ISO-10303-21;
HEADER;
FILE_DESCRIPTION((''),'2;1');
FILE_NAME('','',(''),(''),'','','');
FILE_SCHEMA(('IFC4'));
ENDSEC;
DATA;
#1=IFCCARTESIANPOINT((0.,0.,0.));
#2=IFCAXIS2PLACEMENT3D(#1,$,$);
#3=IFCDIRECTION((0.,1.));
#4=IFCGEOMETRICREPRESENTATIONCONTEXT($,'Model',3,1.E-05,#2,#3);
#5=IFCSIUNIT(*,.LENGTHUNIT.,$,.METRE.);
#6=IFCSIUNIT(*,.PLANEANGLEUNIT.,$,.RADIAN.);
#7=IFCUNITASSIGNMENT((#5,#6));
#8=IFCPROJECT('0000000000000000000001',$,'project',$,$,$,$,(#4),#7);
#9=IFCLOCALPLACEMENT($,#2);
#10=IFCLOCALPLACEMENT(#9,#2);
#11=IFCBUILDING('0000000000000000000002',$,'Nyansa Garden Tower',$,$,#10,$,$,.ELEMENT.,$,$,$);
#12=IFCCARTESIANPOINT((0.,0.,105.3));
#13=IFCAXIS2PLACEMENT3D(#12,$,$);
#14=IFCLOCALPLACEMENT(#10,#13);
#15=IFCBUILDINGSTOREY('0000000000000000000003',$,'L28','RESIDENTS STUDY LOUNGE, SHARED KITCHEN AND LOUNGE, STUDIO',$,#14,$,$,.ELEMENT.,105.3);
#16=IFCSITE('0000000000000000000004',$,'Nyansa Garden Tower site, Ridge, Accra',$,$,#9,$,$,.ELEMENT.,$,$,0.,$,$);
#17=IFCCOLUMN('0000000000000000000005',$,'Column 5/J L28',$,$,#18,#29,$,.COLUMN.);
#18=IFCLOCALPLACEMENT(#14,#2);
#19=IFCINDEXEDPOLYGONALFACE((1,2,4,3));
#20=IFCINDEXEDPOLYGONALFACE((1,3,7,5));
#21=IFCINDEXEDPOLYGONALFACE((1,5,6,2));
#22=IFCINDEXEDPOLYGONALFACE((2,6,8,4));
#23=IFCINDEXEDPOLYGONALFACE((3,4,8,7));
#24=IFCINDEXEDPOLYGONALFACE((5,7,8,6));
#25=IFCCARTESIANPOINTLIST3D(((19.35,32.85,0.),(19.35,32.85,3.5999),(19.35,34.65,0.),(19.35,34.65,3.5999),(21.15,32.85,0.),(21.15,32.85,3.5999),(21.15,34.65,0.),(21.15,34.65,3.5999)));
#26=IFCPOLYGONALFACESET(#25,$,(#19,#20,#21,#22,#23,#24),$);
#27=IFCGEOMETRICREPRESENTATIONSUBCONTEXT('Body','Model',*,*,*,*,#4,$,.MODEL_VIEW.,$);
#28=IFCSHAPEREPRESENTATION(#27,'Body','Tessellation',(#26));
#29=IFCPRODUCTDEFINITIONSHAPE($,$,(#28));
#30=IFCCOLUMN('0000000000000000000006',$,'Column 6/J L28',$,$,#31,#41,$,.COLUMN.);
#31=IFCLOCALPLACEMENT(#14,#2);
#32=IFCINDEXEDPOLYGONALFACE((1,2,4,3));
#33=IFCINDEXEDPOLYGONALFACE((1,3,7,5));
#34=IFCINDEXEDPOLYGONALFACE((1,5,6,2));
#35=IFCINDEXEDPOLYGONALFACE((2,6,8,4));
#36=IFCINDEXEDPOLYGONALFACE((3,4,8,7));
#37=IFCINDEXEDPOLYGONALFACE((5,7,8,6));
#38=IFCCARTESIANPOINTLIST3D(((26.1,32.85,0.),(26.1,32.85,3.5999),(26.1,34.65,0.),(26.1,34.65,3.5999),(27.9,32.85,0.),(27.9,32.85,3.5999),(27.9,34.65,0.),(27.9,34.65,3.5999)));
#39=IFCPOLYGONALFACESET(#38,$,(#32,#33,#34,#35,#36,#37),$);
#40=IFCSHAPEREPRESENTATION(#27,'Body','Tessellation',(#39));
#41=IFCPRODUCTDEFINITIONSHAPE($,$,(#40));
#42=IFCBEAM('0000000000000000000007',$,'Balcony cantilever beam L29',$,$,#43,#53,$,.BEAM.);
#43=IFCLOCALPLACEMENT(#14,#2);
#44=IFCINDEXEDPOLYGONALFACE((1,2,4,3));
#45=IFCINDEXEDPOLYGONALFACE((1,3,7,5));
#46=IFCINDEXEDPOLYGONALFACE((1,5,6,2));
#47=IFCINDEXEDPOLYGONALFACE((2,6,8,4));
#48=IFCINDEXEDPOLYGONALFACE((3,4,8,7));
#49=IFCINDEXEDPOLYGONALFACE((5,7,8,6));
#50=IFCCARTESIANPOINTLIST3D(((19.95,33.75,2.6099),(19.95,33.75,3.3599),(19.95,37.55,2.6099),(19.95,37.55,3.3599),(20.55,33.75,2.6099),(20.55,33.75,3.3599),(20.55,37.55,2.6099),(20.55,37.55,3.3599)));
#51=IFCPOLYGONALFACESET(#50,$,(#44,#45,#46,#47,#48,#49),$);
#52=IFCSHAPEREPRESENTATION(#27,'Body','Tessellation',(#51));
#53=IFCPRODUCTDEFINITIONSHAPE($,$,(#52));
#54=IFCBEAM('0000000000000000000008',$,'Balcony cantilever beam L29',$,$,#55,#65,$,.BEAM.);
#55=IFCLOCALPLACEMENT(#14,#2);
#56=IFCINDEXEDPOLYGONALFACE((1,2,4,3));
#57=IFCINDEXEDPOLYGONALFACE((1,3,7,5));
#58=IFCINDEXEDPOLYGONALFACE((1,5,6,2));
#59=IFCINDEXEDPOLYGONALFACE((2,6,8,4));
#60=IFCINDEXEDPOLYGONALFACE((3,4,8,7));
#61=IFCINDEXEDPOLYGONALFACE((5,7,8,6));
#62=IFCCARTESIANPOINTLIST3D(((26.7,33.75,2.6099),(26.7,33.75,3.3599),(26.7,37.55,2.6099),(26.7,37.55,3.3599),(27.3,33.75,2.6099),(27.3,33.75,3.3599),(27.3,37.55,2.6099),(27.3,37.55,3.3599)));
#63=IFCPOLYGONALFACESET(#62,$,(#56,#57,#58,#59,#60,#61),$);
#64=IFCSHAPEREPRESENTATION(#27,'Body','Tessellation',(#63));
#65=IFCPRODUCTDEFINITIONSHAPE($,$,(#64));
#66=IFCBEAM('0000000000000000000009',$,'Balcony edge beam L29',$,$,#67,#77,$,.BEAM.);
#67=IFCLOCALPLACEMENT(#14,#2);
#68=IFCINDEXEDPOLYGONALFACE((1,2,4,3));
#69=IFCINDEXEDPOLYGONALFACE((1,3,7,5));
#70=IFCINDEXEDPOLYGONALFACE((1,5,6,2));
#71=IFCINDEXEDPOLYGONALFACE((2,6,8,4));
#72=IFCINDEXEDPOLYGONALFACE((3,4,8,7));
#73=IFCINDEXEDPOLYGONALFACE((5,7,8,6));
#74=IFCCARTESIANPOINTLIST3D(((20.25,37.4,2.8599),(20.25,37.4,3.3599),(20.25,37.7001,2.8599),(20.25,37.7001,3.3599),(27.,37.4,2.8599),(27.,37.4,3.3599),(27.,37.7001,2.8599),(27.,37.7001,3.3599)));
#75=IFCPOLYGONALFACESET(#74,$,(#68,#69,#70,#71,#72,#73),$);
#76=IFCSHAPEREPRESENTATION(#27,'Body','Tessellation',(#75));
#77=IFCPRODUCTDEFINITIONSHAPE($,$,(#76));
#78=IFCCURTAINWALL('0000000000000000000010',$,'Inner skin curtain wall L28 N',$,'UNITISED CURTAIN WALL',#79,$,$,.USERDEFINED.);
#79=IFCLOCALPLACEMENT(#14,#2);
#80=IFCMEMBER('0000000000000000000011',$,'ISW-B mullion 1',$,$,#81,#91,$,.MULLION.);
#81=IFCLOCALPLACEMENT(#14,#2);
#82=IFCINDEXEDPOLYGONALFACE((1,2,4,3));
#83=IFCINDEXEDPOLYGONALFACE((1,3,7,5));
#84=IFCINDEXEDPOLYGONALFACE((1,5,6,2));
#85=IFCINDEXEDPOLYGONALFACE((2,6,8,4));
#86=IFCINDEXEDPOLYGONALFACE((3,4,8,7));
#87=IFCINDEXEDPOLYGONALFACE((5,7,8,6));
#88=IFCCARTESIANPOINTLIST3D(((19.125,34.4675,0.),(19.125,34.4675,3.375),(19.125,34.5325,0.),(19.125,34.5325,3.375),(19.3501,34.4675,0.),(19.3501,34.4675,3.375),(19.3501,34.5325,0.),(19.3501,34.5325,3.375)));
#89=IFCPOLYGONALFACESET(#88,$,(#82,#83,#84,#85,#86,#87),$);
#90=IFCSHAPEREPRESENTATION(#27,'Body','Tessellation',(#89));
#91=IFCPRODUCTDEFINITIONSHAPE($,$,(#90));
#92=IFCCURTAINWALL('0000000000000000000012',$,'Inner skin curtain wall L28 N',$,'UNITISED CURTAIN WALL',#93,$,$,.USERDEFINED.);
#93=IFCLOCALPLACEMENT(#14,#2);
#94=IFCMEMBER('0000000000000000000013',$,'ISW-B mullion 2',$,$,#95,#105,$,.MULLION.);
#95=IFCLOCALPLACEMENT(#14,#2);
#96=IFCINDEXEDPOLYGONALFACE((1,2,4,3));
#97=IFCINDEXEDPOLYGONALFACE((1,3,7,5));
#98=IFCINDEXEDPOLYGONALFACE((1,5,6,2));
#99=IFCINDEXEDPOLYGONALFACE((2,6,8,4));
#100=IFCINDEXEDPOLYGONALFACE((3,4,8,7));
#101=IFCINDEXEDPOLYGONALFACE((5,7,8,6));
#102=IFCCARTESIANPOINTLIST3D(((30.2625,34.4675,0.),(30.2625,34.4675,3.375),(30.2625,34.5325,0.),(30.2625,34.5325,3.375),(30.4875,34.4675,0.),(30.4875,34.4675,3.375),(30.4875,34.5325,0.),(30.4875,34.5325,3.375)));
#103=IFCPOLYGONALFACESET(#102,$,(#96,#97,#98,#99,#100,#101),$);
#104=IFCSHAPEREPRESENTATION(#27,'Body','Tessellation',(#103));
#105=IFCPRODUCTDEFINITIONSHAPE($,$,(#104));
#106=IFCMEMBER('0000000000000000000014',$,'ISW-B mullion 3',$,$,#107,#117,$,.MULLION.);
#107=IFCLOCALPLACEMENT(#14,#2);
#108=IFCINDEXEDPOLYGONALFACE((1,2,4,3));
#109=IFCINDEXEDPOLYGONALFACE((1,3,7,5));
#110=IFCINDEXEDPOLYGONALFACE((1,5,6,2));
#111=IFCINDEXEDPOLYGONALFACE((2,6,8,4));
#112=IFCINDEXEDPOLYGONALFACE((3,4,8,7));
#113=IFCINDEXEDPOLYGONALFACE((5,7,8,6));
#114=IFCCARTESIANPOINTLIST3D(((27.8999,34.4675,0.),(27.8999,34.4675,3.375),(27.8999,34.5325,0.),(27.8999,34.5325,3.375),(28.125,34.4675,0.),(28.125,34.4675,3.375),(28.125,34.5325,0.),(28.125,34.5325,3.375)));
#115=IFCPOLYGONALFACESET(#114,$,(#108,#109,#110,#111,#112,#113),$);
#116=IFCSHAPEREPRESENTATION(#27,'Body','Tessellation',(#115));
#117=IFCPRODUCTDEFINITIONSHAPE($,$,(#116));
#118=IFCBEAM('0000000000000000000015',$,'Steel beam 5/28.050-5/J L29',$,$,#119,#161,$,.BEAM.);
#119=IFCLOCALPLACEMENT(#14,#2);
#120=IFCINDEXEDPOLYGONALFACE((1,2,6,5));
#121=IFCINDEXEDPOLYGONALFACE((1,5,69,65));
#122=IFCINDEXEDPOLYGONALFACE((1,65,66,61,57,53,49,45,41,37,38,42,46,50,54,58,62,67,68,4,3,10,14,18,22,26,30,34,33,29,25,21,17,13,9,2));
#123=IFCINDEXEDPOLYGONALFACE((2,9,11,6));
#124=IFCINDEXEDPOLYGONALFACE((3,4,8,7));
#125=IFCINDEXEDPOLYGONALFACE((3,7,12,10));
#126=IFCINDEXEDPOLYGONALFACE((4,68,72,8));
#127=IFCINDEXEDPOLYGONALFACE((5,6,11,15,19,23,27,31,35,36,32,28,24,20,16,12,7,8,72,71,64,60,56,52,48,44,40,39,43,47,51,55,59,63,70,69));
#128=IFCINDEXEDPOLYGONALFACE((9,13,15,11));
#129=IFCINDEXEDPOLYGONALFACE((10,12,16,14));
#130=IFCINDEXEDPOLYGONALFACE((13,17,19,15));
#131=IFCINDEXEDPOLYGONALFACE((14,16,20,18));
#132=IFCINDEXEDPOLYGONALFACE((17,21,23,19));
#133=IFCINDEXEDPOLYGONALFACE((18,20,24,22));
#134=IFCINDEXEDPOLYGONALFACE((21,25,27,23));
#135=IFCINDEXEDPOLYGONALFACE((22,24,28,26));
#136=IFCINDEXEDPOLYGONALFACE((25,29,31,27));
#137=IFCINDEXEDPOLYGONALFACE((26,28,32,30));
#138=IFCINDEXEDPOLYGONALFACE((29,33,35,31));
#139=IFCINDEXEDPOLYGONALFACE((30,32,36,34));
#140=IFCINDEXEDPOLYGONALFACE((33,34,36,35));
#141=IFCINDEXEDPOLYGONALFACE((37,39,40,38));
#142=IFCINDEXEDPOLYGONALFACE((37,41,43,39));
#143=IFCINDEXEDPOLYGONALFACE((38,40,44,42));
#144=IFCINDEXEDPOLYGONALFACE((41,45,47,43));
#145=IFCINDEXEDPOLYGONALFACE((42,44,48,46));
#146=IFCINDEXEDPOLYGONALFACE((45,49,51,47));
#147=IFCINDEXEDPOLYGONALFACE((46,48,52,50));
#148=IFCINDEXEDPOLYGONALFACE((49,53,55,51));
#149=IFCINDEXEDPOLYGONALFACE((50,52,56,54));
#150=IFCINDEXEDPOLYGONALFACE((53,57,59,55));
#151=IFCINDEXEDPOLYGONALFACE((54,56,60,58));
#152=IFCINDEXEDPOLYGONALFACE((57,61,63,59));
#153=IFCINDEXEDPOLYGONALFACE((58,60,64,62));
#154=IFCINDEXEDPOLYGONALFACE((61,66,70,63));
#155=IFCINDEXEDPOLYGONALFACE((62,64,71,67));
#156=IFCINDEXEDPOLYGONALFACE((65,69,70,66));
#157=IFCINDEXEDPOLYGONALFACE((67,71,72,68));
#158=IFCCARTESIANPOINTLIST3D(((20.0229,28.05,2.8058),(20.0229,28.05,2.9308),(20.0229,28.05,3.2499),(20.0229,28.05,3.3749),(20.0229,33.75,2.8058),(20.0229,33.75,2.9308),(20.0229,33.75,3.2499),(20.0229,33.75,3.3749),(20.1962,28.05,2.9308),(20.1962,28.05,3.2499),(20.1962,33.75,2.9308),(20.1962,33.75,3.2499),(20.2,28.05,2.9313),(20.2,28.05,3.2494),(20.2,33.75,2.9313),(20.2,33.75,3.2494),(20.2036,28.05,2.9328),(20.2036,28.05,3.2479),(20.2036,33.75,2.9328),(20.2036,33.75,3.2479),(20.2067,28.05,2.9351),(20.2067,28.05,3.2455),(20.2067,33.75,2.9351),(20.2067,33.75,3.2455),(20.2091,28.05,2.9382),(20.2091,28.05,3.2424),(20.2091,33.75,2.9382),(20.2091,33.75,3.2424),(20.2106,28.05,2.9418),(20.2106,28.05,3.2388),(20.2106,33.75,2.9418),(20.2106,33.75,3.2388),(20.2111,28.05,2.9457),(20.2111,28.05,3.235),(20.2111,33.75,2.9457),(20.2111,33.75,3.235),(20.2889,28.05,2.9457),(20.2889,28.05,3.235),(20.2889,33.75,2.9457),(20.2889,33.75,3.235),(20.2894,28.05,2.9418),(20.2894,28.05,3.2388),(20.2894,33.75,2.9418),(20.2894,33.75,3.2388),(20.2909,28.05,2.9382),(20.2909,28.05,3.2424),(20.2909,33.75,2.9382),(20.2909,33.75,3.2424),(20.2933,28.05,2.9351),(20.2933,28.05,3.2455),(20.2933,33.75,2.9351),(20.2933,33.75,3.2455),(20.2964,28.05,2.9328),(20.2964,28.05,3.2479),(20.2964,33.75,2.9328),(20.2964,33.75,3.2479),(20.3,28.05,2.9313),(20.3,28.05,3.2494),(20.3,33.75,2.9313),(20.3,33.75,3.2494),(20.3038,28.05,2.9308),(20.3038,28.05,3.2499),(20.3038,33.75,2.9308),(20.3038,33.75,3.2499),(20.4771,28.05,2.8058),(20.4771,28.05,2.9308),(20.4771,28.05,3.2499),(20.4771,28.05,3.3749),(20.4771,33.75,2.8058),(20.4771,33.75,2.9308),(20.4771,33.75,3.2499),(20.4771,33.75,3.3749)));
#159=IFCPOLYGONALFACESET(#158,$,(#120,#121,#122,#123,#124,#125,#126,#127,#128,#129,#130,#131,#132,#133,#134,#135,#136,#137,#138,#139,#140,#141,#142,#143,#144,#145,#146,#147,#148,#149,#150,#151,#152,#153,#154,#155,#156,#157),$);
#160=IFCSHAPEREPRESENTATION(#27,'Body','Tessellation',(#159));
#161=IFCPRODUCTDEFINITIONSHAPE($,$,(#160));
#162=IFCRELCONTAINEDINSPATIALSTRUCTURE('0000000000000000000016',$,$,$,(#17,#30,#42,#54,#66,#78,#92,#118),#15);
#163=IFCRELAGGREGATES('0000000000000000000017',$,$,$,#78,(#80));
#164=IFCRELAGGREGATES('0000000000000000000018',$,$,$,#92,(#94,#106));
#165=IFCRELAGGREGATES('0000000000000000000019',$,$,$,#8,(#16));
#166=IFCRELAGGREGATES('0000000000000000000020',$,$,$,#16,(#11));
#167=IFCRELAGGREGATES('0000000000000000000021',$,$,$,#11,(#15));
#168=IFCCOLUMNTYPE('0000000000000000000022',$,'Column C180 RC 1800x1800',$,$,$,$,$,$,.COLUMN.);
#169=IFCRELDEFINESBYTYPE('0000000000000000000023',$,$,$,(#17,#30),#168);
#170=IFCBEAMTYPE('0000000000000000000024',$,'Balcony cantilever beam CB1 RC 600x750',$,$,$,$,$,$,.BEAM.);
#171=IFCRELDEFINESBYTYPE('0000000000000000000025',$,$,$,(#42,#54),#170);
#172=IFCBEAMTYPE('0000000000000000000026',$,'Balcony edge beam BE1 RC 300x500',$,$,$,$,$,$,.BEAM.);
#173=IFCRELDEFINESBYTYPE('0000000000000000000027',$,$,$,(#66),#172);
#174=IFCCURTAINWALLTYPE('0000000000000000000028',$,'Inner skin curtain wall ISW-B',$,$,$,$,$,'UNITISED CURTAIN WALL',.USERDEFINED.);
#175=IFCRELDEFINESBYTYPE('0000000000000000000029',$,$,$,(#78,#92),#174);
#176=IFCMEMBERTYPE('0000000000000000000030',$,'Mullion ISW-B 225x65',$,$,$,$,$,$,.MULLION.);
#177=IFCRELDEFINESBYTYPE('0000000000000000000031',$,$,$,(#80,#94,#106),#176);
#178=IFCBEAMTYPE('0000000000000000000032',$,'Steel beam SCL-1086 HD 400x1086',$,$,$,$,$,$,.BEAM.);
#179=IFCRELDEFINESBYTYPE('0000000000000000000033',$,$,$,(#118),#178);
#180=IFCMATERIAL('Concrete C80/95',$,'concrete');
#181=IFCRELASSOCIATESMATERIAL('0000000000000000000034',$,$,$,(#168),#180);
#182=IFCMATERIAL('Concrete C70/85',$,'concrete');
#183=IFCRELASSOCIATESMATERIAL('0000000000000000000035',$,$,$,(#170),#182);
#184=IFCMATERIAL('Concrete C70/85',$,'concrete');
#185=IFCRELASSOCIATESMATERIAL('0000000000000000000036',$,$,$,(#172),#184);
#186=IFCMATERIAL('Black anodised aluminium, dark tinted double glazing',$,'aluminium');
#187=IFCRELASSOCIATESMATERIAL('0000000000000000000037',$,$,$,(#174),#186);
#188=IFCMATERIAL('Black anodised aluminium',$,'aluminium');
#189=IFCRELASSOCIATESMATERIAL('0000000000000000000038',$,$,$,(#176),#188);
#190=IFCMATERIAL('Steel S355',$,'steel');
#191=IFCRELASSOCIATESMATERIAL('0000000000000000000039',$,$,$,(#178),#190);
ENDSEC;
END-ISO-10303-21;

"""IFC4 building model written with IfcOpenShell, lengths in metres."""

from ifc_helpers import new_model, si_unit, direction, frame, origin, origin_2d, place, context, subcontext, project, spatial, rectangle, i_section, extrude, material, material_profile, profile_set, type_object, element, aggregate, save


model = new_model("IFC4")

# Units and contexts
model_context = context("Model", 3, precision=1e-05, world=origin(), true_north=direction((0.0, 1.0)))
body_context = subcontext(model_context, "Body", "Model", "MODEL_VIEW")
ifc_project = project(units=[si_unit("LENGTHUNIT", "METRE"), si_unit("PLANEANGLEUNIT", "RADIAN")], contexts=[model_context])

# Site, building, storey
site_placement = place(None, origin())
site = spatial("IfcSite", under=ifc_project, at=site_placement, Name="Nyansa Garden Tower site, Ridge, Accra", CompositionType="ELEMENT", RefElevation=0.0)
building_placement = place(site_placement, origin())
building = spatial("IfcBuilding", under=site, at=building_placement, Name="Nyansa Garden Tower", CompositionType="ELEMENT")
storey_placement = place(building_placement, frame((0.0, 0.0, 105.3)))
storey = spatial("IfcBuildingStorey", under=building, at=storey_placement, Name="L28", Description="RESIDENTS STUDY LOUNGE, SHARED KITCHEN AND LOUNGE, STUDIO", CompositionType="ELEMENT", Elevation=105.3)

# Columns
ifc_material_1 = material(Name="Concrete C80/95", Category="concrete")
ifc_material_profile_1 = material_profile(ifc_material_1, rectangle(XDim=1.8, YDim=1.8, at=origin_2d()), Name="RC 1800x1800")
ifc_profile_set_1 = profile_set([ifc_material_profile_1], Name="Concrete C80/95")
column_type = type_object("IfcColumnType", Name="Column C180 RC 1800x1800", PredefinedType="COLUMN", material=ifc_profile_set_1)
for number, where, z_axis, x_axis, name in (
    (1, (20.25, 33.75, 0.0), (0.0, 0.0, 1.0), (1.0, 0.0, 0.0), "Column 5/J L28"),
    (2, (27.0, 33.75, 0.0), (0.0, 0.0, 1.0), (1.0, 0.0, 0.0), "Column 6/J L28"),
):
    element("IfcColumn", number, at=place(storey_placement, frame(where, z_axis=z_axis, x_axis=x_axis)), inside=storey, type_object=column_type, Name=name, PredefinedType="COLUMN", context=body_context, shape_type="SweptSolid", body=[
        extrude(rectangle(XDim=1.8, YDim=1.8, at=origin_2d()), origin(), (0.0, 0.0, 1.0), 3.5999),
    ])

# Beams
ifc_material_2 = material(Name="Concrete C70/85", Category="concrete")
ifc_material_profile_2 = material_profile(ifc_material_2, rectangle(XDim=0.6001, YDim=0.75, at=origin_2d()), Name="RC 600x750")
ifc_profile_set_2 = profile_set([ifc_material_profile_2], Name="Concrete C70/85")
beam_type_1 = type_object("IfcBeamType", Name="Balcony cantilever beam CB1 RC 600x750", PredefinedType="BEAM", material=ifc_profile_set_2)
for number, where, z_axis, x_axis, name in (
    (3, (20.25, 33.75, 2.9849), (0.0, 1.0, 0.0), (-1.0, 0.0, 0.0), "Balcony cantilever beam L29"),
    (4, (27.0, 33.75, 2.9849), (0.0, 1.0, 0.0), (-1.0, 0.0, 0.0), "Balcony cantilever beam L29"),
):
    element("IfcBeam", number, at=place(storey_placement, frame(where, z_axis=z_axis, x_axis=x_axis)), inside=storey, type_object=beam_type_1, Name=name, PredefinedType="BEAM", context=body_context, shape_type="SweptSolid", body=[
        extrude(rectangle(XDim=0.6001, YDim=0.75, at=origin_2d()), origin(), (0.0, 0.0, 1.0), 3.8),
    ])
ifc_material_3 = material(Name="Concrete C70/85", Category="concrete")
ifc_material_profile_3 = material_profile(ifc_material_3, rectangle(XDim=0.3, YDim=0.5, at=origin_2d()), Name="RC 300x500")
ifc_profile_set_3 = profile_set([ifc_material_profile_3], Name="Concrete C70/85")
beam_type_2 = type_object("IfcBeamType", Name="Balcony edge beam BE1 RC 300x500", PredefinedType="BEAM", material=ifc_profile_set_3)
beam_placement = place(storey_placement, frame((20.25, 37.55, 3.1099), z_axis=(1.0, 0.0, 0.0), x_axis=(0.0, 1.0, 0.0)))
element("IfcBeam", 5, at=beam_placement, inside=storey, type_object=beam_type_2, Name="Balcony edge beam L29", PredefinedType="BEAM", context=body_context, shape_type="SweptSolid", body=[
    extrude(rectangle(XDim=0.3, YDim=0.5, at=origin_2d()), origin(), (0.0, 0.0, 1.0), 6.75),
])

# Curtain wall, member
ifc_material_4 = material(Name="Black anodised aluminium, dark tinted double glazing", Category="aluminium")
curtain_wall_type = type_object("IfcCurtainWallType", Name="Inner skin curtain wall ISW-B", ElementType="UNITISED CURTAIN WALL", PredefinedType="USERDEFINED", material=ifc_material_4)
curtain_wall_1_placement = place(storey_placement, origin())
curtain_wall_1 = element("IfcCurtainWall", 6, at=curtain_wall_1_placement, inside=storey, type_object=curtain_wall_type, Name="Inner skin curtain wall L28 N", ObjectType="UNITISED CURTAIN WALL", PredefinedType="USERDEFINED")
ifc_material_5 = material(Name="Black anodised aluminium", Category="aluminium")
ifc_material_profile_4 = material_profile(ifc_material_5, rectangle(XDim=0.0649, YDim=0.2251, at=origin_2d()), Name="Mullion 225x65")
ifc_profile_set_4 = profile_set([ifc_material_profile_4], Name="Black anodised aluminium")
member_type_1 = type_object("IfcMemberType", Name="Mullion ISW-B 225x65", PredefinedType="MULLION", material=ifc_profile_set_4)
member_1_placement = place(storey_placement, frame((19.2375, 34.5, 0.0), z_axis=(0.0, 0.0, 1.0), x_axis=(0.0, -1.0, 0.0)))
member_1 = element("IfcMember", 7, at=member_1_placement, type_object=member_type_1, Name="ISW-B mullion 1", PredefinedType="MULLION", context=body_context, shape_type="SweptSolid", body=[
    extrude(rectangle(XDim=0.0649, YDim=0.2251, at=origin_2d()), origin(), (0.0, 0.0, 1.0), 3.375),
])

# Curtain wall, members
curtain_wall_2_placement = place(storey_placement, origin())
curtain_wall_2 = element("IfcCurtainWall", 8, at=curtain_wall_2_placement, inside=storey, type_object=curtain_wall_type, Name="Inner skin curtain wall L28 N", ObjectType="UNITISED CURTAIN WALL", PredefinedType="USERDEFINED")
member_2_placement = place(storey_placement, frame((30.375, 34.5, 0.0), z_axis=(0.0, 0.0, 1.0), x_axis=(0.0, -1.0, 0.0)))
member_2 = element("IfcMember", 9, at=member_2_placement, type_object=member_type_1, Name="ISW-B mullion 2", PredefinedType="MULLION", context=body_context, shape_type="SweptSolid", body=[
    extrude(rectangle(XDim=0.0649, YDim=0.2251, at=origin_2d()), origin(), (0.0, 0.0, 1.0), 3.375),
])
member_3_placement = place(storey_placement, frame((28.0125, 34.5, 0.0), z_axis=(0.0, 0.0, 1.0), x_axis=(0.0, -1.0, 0.0)))
member_3 = element("IfcMember", 10, at=member_3_placement, type_object=member_type_1, Name="ISW-B mullion 3", PredefinedType="MULLION", context=body_context, shape_type="SweptSolid", body=[
    extrude(rectangle(XDim=0.0649, YDim=0.2251, at=origin_2d()), origin(), (0.0, 0.0, 1.0), 3.375),
])

# Beam
ifc_material_6 = material(Name="Steel S355", Category="steel")
ifc_material_profile_5 = material_profile(ifc_material_6, i_section(OverallWidth=0.4541, OverallDepth=0.5691, WebThickness=0.0779, FlangeThickness=0.125, FilletRadius=0.0149, at=origin_2d()), Name="HD 400x1086")
ifc_profile_set_5 = profile_set([ifc_material_profile_5], Name="Steel S355")
beam_type_3 = type_object("IfcBeamType", Name="Steel beam SCL-1086 HD 400x1086", PredefinedType="BEAM", material=ifc_profile_set_5)
for number, where, z_axis, x_axis, name in (
    (11, (20.25, 28.05, 3.0903), (0.0, 1.0, 0.0), (-1.0, 0.0, 0.0), "Steel beam 5/28.050-5/J L29"),
):
    element("IfcBeam", number, at=place(storey_placement, frame(where, z_axis=z_axis, x_axis=x_axis)), inside=storey, type_object=beam_type_3, Name=name, PredefinedType="BEAM", context=body_context, shape_type="SweptSolid", body=[
        extrude(i_section(OverallWidth=0.4541, OverallDepth=0.5691, WebThickness=0.0779, FlangeThickness=0.125, FilletRadius=0.0149, at=origin_2d()), origin(), (0.0, 0.0, 1.0), 5.7),
    ])

aggregate(curtain_wall_1, [member_1])

aggregate(curtain_wall_2, [member_2, member_3])

save(model, "model.ifc")
